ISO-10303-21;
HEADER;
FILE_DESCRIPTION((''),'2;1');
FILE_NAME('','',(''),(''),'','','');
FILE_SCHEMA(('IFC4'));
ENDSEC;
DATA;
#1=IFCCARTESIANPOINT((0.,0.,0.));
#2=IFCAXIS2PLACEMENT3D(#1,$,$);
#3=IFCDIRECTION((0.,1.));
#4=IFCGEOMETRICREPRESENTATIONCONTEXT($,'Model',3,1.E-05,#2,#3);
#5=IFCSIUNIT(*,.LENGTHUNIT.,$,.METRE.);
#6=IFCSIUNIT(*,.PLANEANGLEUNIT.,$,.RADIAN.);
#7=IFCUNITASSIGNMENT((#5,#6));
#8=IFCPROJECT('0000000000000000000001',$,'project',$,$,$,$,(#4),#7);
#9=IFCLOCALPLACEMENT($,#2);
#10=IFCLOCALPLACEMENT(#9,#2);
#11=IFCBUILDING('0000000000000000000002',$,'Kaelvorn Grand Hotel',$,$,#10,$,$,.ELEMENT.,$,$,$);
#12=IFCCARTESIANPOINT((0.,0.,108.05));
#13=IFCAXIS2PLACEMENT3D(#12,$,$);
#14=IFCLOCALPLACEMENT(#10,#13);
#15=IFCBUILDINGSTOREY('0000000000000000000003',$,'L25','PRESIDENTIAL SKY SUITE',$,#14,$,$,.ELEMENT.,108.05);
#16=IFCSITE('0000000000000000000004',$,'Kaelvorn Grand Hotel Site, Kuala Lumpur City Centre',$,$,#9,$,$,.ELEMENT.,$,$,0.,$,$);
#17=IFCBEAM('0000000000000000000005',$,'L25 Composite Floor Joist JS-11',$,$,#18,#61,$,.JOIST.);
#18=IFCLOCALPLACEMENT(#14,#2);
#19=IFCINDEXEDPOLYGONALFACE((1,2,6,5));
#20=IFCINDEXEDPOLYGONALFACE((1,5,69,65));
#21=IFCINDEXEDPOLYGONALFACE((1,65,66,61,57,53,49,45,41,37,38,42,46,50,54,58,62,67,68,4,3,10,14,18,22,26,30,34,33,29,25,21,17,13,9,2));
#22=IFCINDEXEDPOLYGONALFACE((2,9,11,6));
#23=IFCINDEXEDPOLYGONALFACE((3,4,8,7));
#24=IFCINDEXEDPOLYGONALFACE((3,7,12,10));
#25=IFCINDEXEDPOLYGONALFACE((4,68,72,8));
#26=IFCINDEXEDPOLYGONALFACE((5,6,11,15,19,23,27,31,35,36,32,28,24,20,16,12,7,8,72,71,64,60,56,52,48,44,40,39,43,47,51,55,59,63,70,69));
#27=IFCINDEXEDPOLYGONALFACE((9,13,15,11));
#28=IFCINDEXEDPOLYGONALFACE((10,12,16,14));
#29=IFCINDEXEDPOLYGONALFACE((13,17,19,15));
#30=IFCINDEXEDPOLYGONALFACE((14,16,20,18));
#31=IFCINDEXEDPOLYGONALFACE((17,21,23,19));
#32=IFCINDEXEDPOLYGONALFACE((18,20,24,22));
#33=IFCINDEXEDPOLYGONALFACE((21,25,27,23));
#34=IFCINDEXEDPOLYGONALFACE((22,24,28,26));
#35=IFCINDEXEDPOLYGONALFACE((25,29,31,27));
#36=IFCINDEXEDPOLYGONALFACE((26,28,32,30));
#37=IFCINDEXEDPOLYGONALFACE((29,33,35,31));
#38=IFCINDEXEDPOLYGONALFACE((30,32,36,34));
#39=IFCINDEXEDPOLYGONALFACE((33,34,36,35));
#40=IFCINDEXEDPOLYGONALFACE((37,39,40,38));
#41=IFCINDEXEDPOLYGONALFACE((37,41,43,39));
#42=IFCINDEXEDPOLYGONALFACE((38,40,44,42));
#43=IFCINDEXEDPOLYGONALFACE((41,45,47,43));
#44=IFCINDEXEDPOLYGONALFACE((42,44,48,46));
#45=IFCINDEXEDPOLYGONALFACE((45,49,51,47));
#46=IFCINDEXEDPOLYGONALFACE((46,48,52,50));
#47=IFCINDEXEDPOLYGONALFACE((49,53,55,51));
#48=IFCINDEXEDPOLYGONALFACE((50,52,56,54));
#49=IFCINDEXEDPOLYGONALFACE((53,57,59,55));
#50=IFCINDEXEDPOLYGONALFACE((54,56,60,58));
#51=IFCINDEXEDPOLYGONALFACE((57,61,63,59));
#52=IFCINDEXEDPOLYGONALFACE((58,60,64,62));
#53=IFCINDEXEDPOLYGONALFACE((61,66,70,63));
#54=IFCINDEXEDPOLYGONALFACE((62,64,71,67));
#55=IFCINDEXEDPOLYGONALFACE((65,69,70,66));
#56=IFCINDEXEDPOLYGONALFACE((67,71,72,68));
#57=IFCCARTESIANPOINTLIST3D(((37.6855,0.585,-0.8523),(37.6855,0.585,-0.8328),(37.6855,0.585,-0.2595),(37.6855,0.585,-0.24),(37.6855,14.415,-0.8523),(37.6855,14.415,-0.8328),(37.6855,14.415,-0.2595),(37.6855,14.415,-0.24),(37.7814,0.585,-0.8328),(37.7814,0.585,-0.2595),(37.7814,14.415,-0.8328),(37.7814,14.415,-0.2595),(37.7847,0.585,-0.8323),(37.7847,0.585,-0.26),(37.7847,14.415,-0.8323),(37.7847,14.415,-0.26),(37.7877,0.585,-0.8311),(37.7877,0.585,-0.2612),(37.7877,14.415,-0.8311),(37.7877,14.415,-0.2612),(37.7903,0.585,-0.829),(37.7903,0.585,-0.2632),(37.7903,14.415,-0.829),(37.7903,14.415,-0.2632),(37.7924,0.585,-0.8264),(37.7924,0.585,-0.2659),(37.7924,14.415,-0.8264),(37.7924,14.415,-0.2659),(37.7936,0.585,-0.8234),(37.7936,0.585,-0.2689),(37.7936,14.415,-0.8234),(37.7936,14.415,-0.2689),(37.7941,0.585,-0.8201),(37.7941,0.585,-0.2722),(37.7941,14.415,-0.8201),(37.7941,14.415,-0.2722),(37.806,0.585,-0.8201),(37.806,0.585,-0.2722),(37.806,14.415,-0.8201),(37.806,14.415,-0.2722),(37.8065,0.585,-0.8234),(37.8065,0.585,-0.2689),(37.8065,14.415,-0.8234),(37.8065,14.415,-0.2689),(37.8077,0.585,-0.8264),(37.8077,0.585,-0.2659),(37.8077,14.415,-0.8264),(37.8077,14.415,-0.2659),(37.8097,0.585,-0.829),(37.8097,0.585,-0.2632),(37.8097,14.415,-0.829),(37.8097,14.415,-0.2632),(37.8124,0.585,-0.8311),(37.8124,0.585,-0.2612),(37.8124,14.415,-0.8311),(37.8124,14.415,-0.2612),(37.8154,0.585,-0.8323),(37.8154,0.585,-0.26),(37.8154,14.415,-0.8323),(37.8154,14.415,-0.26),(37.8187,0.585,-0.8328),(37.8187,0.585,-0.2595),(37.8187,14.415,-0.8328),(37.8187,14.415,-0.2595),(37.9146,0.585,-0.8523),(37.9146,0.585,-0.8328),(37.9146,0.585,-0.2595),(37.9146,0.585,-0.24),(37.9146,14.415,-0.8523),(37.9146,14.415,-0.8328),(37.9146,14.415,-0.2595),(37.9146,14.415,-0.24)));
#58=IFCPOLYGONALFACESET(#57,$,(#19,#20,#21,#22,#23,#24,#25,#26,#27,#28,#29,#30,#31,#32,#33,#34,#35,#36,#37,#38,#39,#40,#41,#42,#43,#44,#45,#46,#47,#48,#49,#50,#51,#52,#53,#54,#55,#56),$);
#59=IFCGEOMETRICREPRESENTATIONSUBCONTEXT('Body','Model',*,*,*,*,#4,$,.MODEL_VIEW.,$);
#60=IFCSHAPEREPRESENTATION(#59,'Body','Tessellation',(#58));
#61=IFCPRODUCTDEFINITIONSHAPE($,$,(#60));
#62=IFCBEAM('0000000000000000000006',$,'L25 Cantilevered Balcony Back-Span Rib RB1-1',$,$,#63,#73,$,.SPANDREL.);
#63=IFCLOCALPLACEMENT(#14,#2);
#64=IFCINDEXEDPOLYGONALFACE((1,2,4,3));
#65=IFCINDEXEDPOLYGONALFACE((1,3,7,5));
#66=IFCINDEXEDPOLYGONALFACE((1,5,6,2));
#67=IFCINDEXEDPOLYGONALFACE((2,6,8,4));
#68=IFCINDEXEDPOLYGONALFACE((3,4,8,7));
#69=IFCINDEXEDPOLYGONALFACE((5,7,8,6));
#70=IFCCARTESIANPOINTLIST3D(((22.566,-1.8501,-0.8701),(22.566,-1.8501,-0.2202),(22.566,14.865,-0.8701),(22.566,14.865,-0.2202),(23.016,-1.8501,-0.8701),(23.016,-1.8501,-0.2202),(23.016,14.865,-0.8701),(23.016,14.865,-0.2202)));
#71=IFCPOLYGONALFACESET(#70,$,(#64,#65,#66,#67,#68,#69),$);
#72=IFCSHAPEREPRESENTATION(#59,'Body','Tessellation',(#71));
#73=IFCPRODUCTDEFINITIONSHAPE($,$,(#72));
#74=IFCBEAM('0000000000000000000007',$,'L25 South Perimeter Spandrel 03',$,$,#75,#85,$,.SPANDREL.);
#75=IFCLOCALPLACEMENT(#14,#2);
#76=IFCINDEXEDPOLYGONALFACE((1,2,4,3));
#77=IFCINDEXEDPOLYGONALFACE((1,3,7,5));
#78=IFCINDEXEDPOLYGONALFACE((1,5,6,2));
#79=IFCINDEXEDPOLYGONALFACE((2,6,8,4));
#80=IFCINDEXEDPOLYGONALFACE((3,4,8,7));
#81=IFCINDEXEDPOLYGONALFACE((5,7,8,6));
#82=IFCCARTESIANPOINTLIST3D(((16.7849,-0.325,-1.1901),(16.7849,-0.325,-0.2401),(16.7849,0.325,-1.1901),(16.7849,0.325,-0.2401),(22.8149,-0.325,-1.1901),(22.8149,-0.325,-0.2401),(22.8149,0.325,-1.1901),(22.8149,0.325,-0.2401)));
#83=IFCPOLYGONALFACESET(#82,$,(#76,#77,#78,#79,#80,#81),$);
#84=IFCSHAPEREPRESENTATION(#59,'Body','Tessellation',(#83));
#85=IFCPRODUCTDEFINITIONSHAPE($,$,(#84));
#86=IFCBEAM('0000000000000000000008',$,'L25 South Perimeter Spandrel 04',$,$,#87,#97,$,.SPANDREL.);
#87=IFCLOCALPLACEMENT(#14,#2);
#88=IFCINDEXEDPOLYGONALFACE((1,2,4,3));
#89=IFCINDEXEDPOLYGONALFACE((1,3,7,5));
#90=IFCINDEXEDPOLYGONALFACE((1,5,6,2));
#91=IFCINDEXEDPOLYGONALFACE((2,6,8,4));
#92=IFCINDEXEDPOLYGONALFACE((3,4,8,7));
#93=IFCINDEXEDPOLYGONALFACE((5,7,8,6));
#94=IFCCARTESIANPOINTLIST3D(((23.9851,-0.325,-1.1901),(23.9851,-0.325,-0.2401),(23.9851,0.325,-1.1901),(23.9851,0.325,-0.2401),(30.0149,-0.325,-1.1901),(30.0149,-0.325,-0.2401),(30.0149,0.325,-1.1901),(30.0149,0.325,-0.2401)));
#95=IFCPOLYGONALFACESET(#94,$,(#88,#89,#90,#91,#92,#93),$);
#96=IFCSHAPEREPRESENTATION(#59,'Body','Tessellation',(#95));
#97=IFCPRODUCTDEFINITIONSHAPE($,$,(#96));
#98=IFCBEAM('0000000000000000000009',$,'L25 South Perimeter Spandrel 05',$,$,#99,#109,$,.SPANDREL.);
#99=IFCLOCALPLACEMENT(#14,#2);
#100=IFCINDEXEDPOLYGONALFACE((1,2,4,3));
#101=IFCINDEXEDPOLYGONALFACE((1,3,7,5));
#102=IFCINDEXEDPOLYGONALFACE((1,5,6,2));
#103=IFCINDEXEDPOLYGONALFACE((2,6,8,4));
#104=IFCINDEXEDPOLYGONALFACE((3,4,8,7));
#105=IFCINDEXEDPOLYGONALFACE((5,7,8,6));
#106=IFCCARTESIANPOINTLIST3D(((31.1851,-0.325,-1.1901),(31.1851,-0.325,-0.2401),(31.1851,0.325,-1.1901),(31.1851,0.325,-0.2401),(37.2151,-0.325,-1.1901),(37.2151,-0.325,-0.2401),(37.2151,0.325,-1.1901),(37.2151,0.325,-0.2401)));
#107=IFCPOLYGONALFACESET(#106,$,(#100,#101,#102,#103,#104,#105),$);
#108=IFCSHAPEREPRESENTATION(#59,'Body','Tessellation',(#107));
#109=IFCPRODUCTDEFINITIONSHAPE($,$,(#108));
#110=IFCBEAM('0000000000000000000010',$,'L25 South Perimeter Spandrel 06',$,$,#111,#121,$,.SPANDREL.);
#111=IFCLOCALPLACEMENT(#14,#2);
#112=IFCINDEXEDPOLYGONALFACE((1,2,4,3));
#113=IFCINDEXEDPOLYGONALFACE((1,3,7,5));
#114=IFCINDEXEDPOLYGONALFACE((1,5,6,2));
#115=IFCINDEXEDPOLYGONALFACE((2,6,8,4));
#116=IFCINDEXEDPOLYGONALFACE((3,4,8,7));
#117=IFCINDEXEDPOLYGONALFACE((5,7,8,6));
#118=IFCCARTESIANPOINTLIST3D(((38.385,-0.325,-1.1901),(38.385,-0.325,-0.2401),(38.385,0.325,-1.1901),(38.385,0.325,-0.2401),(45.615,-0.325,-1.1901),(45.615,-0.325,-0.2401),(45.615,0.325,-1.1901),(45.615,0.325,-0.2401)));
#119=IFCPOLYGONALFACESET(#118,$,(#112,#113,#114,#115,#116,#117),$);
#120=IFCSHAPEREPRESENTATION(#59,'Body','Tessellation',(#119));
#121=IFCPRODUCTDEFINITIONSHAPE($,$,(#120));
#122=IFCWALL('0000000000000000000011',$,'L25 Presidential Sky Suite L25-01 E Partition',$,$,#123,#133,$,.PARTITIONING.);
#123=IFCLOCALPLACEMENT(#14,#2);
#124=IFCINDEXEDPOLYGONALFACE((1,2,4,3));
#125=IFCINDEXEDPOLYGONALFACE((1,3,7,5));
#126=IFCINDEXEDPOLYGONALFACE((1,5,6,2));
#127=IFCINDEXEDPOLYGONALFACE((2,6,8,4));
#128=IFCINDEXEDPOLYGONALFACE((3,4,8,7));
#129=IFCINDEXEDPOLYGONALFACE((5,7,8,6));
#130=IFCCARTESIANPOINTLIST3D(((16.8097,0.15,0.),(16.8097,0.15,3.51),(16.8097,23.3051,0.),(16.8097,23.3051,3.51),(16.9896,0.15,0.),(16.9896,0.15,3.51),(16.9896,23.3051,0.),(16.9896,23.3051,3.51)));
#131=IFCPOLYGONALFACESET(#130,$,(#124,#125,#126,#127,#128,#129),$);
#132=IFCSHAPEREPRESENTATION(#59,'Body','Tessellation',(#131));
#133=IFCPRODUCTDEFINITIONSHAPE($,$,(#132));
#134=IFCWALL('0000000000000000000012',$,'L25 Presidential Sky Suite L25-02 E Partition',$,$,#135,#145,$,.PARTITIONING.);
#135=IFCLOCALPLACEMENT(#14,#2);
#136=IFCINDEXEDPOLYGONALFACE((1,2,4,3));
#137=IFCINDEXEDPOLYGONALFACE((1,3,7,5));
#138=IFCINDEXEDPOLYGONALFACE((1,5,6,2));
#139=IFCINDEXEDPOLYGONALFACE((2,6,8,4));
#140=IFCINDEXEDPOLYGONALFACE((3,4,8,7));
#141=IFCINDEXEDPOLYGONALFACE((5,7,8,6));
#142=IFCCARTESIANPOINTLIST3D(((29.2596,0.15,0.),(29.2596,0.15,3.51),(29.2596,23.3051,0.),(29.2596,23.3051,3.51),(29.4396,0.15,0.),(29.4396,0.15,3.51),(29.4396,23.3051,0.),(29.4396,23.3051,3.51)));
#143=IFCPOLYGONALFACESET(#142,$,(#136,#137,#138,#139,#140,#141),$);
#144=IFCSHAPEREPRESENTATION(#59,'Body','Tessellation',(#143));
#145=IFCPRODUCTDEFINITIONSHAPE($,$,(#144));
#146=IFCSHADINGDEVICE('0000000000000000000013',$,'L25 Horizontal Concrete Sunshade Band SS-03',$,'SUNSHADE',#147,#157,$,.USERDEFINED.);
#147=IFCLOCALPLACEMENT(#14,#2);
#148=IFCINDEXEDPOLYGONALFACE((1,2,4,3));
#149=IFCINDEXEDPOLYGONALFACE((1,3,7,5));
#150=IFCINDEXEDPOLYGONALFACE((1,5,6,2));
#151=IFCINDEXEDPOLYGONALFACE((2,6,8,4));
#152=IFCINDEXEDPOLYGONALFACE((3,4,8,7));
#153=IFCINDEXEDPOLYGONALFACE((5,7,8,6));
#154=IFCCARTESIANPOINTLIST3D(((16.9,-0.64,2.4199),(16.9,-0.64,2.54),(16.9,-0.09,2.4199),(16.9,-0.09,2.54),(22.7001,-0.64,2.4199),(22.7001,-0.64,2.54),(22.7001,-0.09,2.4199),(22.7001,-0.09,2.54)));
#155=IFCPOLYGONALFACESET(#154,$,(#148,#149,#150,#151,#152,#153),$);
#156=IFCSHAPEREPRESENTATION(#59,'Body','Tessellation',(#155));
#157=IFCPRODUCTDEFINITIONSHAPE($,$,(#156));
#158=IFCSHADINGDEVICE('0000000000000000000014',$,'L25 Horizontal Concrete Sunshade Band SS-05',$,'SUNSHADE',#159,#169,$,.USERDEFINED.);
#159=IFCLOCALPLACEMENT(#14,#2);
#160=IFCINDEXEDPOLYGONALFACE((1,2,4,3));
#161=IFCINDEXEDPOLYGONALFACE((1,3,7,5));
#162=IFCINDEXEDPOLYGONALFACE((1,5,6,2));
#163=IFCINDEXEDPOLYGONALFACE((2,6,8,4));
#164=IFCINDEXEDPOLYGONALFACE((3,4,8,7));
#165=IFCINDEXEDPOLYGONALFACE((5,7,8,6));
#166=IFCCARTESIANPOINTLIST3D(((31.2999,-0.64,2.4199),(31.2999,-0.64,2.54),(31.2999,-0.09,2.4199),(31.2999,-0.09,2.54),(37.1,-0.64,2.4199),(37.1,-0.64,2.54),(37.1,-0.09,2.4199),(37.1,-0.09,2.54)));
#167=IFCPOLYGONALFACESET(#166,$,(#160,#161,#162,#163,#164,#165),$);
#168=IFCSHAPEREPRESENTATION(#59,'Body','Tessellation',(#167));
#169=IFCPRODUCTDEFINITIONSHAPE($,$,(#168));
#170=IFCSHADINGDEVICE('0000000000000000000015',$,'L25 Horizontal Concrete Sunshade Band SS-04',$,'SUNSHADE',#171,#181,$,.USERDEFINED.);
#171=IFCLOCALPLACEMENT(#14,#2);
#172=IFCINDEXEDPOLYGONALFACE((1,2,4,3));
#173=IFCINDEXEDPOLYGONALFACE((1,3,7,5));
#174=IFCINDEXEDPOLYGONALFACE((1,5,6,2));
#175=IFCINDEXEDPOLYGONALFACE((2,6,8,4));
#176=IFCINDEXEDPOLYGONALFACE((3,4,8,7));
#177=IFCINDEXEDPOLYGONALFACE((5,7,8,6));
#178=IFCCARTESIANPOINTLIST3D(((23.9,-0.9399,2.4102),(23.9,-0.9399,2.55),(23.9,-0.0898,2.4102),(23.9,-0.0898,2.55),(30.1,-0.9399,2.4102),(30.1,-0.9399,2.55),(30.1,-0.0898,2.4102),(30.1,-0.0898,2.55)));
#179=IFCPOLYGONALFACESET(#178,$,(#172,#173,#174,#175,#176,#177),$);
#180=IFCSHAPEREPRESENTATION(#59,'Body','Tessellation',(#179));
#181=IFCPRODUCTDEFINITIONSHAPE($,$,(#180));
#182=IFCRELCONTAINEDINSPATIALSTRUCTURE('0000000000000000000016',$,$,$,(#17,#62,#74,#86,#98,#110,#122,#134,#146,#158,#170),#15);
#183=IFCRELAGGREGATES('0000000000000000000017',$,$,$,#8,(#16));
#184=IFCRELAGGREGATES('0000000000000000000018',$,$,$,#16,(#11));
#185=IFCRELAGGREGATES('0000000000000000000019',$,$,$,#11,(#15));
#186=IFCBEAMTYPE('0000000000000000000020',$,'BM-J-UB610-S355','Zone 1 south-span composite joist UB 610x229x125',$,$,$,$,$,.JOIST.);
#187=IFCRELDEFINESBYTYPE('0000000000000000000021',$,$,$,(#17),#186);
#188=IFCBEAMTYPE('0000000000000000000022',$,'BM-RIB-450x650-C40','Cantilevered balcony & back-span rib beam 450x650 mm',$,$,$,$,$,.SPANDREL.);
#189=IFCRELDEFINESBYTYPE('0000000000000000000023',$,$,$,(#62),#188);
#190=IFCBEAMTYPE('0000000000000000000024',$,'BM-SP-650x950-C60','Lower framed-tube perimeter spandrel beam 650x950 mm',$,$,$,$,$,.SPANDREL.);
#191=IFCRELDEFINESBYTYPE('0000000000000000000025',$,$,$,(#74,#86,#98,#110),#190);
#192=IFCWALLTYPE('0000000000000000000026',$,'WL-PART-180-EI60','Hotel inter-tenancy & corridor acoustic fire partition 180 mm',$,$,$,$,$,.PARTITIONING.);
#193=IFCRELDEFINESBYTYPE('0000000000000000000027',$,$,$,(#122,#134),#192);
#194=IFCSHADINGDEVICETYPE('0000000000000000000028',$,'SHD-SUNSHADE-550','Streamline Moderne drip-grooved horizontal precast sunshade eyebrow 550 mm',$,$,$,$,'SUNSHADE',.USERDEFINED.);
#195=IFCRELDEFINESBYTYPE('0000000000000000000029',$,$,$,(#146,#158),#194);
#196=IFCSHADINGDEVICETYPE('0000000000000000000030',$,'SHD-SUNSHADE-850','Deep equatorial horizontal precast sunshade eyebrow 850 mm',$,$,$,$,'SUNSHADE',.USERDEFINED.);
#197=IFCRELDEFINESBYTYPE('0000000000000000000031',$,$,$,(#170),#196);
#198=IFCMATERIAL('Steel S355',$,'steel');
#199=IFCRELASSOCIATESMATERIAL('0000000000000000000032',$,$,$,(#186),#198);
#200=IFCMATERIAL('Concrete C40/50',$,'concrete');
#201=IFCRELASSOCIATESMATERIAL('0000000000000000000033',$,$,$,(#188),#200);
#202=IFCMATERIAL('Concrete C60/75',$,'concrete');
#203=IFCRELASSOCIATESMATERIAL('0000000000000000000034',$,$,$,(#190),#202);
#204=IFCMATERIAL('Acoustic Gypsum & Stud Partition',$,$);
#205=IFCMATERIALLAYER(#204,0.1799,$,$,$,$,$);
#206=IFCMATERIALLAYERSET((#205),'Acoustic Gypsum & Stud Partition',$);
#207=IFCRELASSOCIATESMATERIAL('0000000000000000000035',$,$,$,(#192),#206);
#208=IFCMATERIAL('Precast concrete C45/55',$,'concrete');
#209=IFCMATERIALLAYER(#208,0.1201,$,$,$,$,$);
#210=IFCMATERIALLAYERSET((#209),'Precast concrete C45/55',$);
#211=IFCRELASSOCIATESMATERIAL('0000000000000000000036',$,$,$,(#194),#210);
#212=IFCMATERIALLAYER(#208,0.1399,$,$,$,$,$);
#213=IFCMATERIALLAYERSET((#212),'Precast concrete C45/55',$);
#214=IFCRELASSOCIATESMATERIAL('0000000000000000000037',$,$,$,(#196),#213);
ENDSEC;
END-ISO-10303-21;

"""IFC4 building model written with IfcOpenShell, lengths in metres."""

from ifc_helpers import new_model, si_unit, direction, frame, frame_2d, origin, origin_2d, place, context, subcontext, project, spatial, rectangle, i_section, extrude, material, layer, layer_set, material_profile, profile_set, type_object, element, save


model = new_model("IFC4")

# Units and contexts
model_context = context("Model", 3, precision=1e-05, world=origin(), true_north=direction((0.0, 1.0)))
body_context = subcontext(model_context, "Body", "Model", "MODEL_VIEW")
ifc_project = project(units=[si_unit("LENGTHUNIT", "METRE"), si_unit("PLANEANGLEUNIT", "RADIAN")], contexts=[model_context])

# Site, building, storey
site_placement = place(None, origin())
site = spatial("IfcSite", under=ifc_project, at=site_placement, Name="Kaelvorn Grand Hotel Site, Kuala Lumpur City Centre", CompositionType="ELEMENT", RefElevation=0.0)
building_placement = place(site_placement, origin())
building = spatial("IfcBuilding", under=site, at=building_placement, Name="Kaelvorn Grand Hotel", CompositionType="ELEMENT")
storey_placement = place(building_placement, frame((0.0, 0.0, 108.05)))
storey = spatial("IfcBuildingStorey", under=building, at=storey_placement, Name="L25", Description="PRESIDENTIAL SKY SUITE", CompositionType="ELEMENT", Elevation=108.05)

# Shared definitions
ifc_material_1 = material(Name="Concrete C60/75", Category="concrete")

# Beams
ifc_material_2 = material(Name="Steel S355", Category="steel")
ifc_material_profile_1 = material_profile(ifc_material_2, i_section(OverallWidth=0.229, OverallDepth=0.6123, WebThickness=0.012, FlangeThickness=0.0195, FilletRadius=0.0127, at=origin_2d()), Name="UB 610x229x125")
ifc_profile_set_1 = profile_set([ifc_material_profile_1], Name="Steel S355")
beam_type_1 = type_object("IfcBeamType", Name="BM-J-UB610-S355", Description="Zone 1 south-span composite joist UB 610x229x125", PredefinedType="JOIST", material=ifc_profile_set_1)
beam_1_placement = place(storey_placement, frame((37.8, 0.585, -0.5461), z_axis=(0.0, 1.0, 0.0), x_axis=(-1.0, 0.0, 0.0)))
element("IfcBeam", 1, at=beam_1_placement, inside=storey, type_object=beam_type_1, Name="L25 Composite Floor Joist JS-11", PredefinedType="JOIST", context=body_context, shape_type="SweptSolid", body=[
    extrude(i_section(OverallWidth=0.229, OverallDepth=0.6123, WebThickness=0.012, FlangeThickness=0.0195, FilletRadius=0.0127, at=origin_2d()), origin(), (0.0, 0.0, 1.0), 13.8301),
])
ifc_material_3 = material(Name="Concrete C40/50", Category="concrete")
ifc_material_profile_2 = material_profile(ifc_material_3, rectangle(XDim=0.45, YDim=0.6499, at=origin_2d()), Name="RC RIB 450x650")
ifc_profile_set_2 = profile_set([ifc_material_profile_2], Name="Concrete C40/50")
beam_type_2 = type_object("IfcBeamType", Name="BM-RIB-450x650-C40", Description="Cantilevered balcony & back-span rib beam 450x650 mm", PredefinedType="SPANDREL", material=ifc_profile_set_2)
beam_2_placement = place(storey_placement, frame((22.791, -1.8501, -0.5452), z_axis=(0.0, 1.0, 0.0), x_axis=(-1.0, 0.0, 0.0)))
element("IfcBeam", 2, at=beam_2_placement, inside=storey, type_object=beam_type_2, Name="L25 Cantilevered Balcony Back-Span Rib RB1-1", PredefinedType="SPANDREL", context=body_context, shape_type="SweptSolid", body=[
    extrude(rectangle(XDim=0.45, YDim=0.6499, at=origin_2d()), origin(), (0.0, 0.0, 1.0), 16.7151),
])
ifc_material_profile_3 = material_profile(ifc_material_1, rectangle(XDim=0.6499, YDim=0.95, at=origin_2d()), Name="RC SPANDREL 650x950")
ifc_profile_set_3 = profile_set([ifc_material_profile_3], Name="Concrete C60/75")
beam_type_3 = type_object("IfcBeamType", Name="BM-SP-650x950-C60", Description="Lower framed-tube perimeter spandrel beam 650x950 mm", PredefinedType="SPANDREL", material=ifc_profile_set_3)
beam_3_placement = place(storey_placement, frame((16.7849, 0.0, -0.7151), z_axis=(1.0, 0.0, 0.0), x_axis=(0.0, 1.0, 0.0)))
element("IfcBeam", 3, at=beam_3_placement, inside=storey, type_object=beam_type_3, Name="L25 South Perimeter Spandrel 03", PredefinedType="SPANDREL", context=body_context, shape_type="SweptSolid", body=[
    extrude(rectangle(XDim=0.6499, YDim=0.95, at=origin_2d()), origin(), (0.0, 0.0, 1.0), 6.03),
])
beam_4_placement = place(storey_placement, frame((23.9851, 0.0, -0.7151), z_axis=(1.0, 0.0, 0.0), x_axis=(0.0, 1.0, 0.0)))
element("IfcBeam", 4, at=beam_4_placement, inside=storey, type_object=beam_type_3, Name="L25 South Perimeter Spandrel 04", PredefinedType="SPANDREL", context=body_context, shape_type="SweptSolid", body=[
    extrude(rectangle(XDim=0.6499, YDim=0.95, at=origin_2d()), origin(), (0.0, 0.0, 1.0), 6.0298),
])
beam_5_placement = place(storey_placement, frame((31.1851, 0.0, -0.7151), z_axis=(1.0, 0.0, 0.0), x_axis=(0.0, 1.0, 0.0)))
element("IfcBeam", 5, at=beam_5_placement, inside=storey, type_object=beam_type_3, Name="L25 South Perimeter Spandrel 05", PredefinedType="SPANDREL", context=body_context, shape_type="SweptSolid", body=[
    extrude(rectangle(XDim=0.6499, YDim=0.95, at=origin_2d()), origin(), (0.0, 0.0, 1.0), 6.03),
])
beam_6_placement = place(storey_placement, frame((38.385, 0.0, -0.7151), z_axis=(1.0, 0.0, 0.0), x_axis=(0.0, 1.0, 0.0)))
element("IfcBeam", 6, at=beam_6_placement, inside=storey, type_object=beam_type_3, Name="L25 South Perimeter Spandrel 06", PredefinedType="SPANDREL", context=body_context, shape_type="SweptSolid", body=[
    extrude(rectangle(XDim=0.6499, YDim=0.95, at=origin_2d()), origin(), (0.0, 0.0, 1.0), 7.23),
])

# Walls
ifc_material_4 = material(Name="Acoustic Gypsum & Stud Partition")
ifc_layer_1 = layer(ifc_material_4, 0.1799)
ifc_layer_set_1 = layer_set([ifc_layer_1], Name="Acoustic Gypsum & Stud Partition")
wall_type = type_object("IfcWallType", Name="WL-PART-180-EI60", Description="Hotel inter-tenancy & corridor acoustic fire partition 180 mm", PredefinedType="PARTITIONING", material=ifc_layer_set_1)
for number, where, z_axis, x_axis, name in (
    (7, (16.8997, 0.1499, 0.0), (0.0, 0.0, 1.0), (0.0, 1.0, 0.0), "L25 Presidential Sky Suite L25-01 E Partition"),
    (8, (29.3496, 0.1499, 0.0), (0.0, 0.0, 1.0), (0.0, 1.0, 0.0), "L25 Presidential Sky Suite L25-02 E Partition"),
):
    element("IfcWall", number, at=place(storey_placement, frame(where, z_axis=z_axis, x_axis=x_axis)), inside=storey, type_object=wall_type, Name=name, PredefinedType="PARTITIONING", context=body_context, shape_type="SweptSolid", body=[
        extrude(rectangle(XDim=23.155, YDim=0.1799, at=frame_2d((11.5776, 0.0))), origin(), (0.0, 0.0, 1.0), 3.51),
    ])

# Shading devices
ifc_material_5 = material(Name="Precast concrete C45/55", Category="concrete")
ifc_layer_2 = layer(ifc_material_5, 0.1201)
ifc_layer_set_2 = layer_set([ifc_layer_2], Name="Precast concrete C45/55")
shading_device_type_1 = type_object("IfcShadingDeviceType", Name="SHD-SUNSHADE-550", Description="Streamline Moderne drip-grooved horizontal precast sunshade eyebrow 550 mm", ElementType="SUNSHADE", PredefinedType="USERDEFINED", material=ifc_layer_set_2)
for number, where, z_axis, x_axis, name in (
    (9, (19.8, -0.365, 2.4199), (0.0, 0.0, 1.0), (1.0, 0.0, 0.0), "L25 Horizontal Concrete Sunshade Band SS-03"),
    (10, (34.2, -0.365, 2.4199), (0.0, 0.0, 1.0), (1.0, 0.0, 0.0), "L25 Horizontal Concrete Sunshade Band SS-05"),
):
    element("IfcShadingDevice", number, at=place(storey_placement, frame(where, z_axis=z_axis, x_axis=x_axis)), inside=storey, type_object=shading_device_type_1, Name=name, ObjectType="SUNSHADE", PredefinedType="USERDEFINED", context=body_context, shape_type="SweptSolid", body=[
        extrude(rectangle(XDim=5.8, YDim=0.55, at=origin_2d()), origin(), (0.0, 0.0, 1.0), 0.1201),
    ])
ifc_layer_3 = layer(ifc_material_5, 0.1399)
ifc_layer_set_3 = layer_set([ifc_layer_3], Name="Precast concrete C45/55")
shading_device_type_2 = type_object("IfcShadingDeviceType", Name="SHD-SUNSHADE-850", Description="Deep equatorial horizontal precast sunshade eyebrow 850 mm", ElementType="SUNSHADE", PredefinedType="USERDEFINED", material=ifc_layer_set_3)
shading_device_placement = place(storey_placement, frame((27.0, -0.5149, 2.4102), z_axis=(0.0, 0.0, 1.0), x_axis=(1.0, 0.0, 0.0)))
element("IfcShadingDevice", 11, at=shading_device_placement, inside=storey, type_object=shading_device_type_2, Name="L25 Horizontal Concrete Sunshade Band SS-04", ObjectType="SUNSHADE", PredefinedType="USERDEFINED", context=body_context, shape_type="SweptSolid", body=[
    extrude(rectangle(XDim=6.2, YDim=0.8501, at=origin_2d()), origin(), (0.0, 0.0, 1.0), 0.1399),
])

save(model, "model.ifc")
